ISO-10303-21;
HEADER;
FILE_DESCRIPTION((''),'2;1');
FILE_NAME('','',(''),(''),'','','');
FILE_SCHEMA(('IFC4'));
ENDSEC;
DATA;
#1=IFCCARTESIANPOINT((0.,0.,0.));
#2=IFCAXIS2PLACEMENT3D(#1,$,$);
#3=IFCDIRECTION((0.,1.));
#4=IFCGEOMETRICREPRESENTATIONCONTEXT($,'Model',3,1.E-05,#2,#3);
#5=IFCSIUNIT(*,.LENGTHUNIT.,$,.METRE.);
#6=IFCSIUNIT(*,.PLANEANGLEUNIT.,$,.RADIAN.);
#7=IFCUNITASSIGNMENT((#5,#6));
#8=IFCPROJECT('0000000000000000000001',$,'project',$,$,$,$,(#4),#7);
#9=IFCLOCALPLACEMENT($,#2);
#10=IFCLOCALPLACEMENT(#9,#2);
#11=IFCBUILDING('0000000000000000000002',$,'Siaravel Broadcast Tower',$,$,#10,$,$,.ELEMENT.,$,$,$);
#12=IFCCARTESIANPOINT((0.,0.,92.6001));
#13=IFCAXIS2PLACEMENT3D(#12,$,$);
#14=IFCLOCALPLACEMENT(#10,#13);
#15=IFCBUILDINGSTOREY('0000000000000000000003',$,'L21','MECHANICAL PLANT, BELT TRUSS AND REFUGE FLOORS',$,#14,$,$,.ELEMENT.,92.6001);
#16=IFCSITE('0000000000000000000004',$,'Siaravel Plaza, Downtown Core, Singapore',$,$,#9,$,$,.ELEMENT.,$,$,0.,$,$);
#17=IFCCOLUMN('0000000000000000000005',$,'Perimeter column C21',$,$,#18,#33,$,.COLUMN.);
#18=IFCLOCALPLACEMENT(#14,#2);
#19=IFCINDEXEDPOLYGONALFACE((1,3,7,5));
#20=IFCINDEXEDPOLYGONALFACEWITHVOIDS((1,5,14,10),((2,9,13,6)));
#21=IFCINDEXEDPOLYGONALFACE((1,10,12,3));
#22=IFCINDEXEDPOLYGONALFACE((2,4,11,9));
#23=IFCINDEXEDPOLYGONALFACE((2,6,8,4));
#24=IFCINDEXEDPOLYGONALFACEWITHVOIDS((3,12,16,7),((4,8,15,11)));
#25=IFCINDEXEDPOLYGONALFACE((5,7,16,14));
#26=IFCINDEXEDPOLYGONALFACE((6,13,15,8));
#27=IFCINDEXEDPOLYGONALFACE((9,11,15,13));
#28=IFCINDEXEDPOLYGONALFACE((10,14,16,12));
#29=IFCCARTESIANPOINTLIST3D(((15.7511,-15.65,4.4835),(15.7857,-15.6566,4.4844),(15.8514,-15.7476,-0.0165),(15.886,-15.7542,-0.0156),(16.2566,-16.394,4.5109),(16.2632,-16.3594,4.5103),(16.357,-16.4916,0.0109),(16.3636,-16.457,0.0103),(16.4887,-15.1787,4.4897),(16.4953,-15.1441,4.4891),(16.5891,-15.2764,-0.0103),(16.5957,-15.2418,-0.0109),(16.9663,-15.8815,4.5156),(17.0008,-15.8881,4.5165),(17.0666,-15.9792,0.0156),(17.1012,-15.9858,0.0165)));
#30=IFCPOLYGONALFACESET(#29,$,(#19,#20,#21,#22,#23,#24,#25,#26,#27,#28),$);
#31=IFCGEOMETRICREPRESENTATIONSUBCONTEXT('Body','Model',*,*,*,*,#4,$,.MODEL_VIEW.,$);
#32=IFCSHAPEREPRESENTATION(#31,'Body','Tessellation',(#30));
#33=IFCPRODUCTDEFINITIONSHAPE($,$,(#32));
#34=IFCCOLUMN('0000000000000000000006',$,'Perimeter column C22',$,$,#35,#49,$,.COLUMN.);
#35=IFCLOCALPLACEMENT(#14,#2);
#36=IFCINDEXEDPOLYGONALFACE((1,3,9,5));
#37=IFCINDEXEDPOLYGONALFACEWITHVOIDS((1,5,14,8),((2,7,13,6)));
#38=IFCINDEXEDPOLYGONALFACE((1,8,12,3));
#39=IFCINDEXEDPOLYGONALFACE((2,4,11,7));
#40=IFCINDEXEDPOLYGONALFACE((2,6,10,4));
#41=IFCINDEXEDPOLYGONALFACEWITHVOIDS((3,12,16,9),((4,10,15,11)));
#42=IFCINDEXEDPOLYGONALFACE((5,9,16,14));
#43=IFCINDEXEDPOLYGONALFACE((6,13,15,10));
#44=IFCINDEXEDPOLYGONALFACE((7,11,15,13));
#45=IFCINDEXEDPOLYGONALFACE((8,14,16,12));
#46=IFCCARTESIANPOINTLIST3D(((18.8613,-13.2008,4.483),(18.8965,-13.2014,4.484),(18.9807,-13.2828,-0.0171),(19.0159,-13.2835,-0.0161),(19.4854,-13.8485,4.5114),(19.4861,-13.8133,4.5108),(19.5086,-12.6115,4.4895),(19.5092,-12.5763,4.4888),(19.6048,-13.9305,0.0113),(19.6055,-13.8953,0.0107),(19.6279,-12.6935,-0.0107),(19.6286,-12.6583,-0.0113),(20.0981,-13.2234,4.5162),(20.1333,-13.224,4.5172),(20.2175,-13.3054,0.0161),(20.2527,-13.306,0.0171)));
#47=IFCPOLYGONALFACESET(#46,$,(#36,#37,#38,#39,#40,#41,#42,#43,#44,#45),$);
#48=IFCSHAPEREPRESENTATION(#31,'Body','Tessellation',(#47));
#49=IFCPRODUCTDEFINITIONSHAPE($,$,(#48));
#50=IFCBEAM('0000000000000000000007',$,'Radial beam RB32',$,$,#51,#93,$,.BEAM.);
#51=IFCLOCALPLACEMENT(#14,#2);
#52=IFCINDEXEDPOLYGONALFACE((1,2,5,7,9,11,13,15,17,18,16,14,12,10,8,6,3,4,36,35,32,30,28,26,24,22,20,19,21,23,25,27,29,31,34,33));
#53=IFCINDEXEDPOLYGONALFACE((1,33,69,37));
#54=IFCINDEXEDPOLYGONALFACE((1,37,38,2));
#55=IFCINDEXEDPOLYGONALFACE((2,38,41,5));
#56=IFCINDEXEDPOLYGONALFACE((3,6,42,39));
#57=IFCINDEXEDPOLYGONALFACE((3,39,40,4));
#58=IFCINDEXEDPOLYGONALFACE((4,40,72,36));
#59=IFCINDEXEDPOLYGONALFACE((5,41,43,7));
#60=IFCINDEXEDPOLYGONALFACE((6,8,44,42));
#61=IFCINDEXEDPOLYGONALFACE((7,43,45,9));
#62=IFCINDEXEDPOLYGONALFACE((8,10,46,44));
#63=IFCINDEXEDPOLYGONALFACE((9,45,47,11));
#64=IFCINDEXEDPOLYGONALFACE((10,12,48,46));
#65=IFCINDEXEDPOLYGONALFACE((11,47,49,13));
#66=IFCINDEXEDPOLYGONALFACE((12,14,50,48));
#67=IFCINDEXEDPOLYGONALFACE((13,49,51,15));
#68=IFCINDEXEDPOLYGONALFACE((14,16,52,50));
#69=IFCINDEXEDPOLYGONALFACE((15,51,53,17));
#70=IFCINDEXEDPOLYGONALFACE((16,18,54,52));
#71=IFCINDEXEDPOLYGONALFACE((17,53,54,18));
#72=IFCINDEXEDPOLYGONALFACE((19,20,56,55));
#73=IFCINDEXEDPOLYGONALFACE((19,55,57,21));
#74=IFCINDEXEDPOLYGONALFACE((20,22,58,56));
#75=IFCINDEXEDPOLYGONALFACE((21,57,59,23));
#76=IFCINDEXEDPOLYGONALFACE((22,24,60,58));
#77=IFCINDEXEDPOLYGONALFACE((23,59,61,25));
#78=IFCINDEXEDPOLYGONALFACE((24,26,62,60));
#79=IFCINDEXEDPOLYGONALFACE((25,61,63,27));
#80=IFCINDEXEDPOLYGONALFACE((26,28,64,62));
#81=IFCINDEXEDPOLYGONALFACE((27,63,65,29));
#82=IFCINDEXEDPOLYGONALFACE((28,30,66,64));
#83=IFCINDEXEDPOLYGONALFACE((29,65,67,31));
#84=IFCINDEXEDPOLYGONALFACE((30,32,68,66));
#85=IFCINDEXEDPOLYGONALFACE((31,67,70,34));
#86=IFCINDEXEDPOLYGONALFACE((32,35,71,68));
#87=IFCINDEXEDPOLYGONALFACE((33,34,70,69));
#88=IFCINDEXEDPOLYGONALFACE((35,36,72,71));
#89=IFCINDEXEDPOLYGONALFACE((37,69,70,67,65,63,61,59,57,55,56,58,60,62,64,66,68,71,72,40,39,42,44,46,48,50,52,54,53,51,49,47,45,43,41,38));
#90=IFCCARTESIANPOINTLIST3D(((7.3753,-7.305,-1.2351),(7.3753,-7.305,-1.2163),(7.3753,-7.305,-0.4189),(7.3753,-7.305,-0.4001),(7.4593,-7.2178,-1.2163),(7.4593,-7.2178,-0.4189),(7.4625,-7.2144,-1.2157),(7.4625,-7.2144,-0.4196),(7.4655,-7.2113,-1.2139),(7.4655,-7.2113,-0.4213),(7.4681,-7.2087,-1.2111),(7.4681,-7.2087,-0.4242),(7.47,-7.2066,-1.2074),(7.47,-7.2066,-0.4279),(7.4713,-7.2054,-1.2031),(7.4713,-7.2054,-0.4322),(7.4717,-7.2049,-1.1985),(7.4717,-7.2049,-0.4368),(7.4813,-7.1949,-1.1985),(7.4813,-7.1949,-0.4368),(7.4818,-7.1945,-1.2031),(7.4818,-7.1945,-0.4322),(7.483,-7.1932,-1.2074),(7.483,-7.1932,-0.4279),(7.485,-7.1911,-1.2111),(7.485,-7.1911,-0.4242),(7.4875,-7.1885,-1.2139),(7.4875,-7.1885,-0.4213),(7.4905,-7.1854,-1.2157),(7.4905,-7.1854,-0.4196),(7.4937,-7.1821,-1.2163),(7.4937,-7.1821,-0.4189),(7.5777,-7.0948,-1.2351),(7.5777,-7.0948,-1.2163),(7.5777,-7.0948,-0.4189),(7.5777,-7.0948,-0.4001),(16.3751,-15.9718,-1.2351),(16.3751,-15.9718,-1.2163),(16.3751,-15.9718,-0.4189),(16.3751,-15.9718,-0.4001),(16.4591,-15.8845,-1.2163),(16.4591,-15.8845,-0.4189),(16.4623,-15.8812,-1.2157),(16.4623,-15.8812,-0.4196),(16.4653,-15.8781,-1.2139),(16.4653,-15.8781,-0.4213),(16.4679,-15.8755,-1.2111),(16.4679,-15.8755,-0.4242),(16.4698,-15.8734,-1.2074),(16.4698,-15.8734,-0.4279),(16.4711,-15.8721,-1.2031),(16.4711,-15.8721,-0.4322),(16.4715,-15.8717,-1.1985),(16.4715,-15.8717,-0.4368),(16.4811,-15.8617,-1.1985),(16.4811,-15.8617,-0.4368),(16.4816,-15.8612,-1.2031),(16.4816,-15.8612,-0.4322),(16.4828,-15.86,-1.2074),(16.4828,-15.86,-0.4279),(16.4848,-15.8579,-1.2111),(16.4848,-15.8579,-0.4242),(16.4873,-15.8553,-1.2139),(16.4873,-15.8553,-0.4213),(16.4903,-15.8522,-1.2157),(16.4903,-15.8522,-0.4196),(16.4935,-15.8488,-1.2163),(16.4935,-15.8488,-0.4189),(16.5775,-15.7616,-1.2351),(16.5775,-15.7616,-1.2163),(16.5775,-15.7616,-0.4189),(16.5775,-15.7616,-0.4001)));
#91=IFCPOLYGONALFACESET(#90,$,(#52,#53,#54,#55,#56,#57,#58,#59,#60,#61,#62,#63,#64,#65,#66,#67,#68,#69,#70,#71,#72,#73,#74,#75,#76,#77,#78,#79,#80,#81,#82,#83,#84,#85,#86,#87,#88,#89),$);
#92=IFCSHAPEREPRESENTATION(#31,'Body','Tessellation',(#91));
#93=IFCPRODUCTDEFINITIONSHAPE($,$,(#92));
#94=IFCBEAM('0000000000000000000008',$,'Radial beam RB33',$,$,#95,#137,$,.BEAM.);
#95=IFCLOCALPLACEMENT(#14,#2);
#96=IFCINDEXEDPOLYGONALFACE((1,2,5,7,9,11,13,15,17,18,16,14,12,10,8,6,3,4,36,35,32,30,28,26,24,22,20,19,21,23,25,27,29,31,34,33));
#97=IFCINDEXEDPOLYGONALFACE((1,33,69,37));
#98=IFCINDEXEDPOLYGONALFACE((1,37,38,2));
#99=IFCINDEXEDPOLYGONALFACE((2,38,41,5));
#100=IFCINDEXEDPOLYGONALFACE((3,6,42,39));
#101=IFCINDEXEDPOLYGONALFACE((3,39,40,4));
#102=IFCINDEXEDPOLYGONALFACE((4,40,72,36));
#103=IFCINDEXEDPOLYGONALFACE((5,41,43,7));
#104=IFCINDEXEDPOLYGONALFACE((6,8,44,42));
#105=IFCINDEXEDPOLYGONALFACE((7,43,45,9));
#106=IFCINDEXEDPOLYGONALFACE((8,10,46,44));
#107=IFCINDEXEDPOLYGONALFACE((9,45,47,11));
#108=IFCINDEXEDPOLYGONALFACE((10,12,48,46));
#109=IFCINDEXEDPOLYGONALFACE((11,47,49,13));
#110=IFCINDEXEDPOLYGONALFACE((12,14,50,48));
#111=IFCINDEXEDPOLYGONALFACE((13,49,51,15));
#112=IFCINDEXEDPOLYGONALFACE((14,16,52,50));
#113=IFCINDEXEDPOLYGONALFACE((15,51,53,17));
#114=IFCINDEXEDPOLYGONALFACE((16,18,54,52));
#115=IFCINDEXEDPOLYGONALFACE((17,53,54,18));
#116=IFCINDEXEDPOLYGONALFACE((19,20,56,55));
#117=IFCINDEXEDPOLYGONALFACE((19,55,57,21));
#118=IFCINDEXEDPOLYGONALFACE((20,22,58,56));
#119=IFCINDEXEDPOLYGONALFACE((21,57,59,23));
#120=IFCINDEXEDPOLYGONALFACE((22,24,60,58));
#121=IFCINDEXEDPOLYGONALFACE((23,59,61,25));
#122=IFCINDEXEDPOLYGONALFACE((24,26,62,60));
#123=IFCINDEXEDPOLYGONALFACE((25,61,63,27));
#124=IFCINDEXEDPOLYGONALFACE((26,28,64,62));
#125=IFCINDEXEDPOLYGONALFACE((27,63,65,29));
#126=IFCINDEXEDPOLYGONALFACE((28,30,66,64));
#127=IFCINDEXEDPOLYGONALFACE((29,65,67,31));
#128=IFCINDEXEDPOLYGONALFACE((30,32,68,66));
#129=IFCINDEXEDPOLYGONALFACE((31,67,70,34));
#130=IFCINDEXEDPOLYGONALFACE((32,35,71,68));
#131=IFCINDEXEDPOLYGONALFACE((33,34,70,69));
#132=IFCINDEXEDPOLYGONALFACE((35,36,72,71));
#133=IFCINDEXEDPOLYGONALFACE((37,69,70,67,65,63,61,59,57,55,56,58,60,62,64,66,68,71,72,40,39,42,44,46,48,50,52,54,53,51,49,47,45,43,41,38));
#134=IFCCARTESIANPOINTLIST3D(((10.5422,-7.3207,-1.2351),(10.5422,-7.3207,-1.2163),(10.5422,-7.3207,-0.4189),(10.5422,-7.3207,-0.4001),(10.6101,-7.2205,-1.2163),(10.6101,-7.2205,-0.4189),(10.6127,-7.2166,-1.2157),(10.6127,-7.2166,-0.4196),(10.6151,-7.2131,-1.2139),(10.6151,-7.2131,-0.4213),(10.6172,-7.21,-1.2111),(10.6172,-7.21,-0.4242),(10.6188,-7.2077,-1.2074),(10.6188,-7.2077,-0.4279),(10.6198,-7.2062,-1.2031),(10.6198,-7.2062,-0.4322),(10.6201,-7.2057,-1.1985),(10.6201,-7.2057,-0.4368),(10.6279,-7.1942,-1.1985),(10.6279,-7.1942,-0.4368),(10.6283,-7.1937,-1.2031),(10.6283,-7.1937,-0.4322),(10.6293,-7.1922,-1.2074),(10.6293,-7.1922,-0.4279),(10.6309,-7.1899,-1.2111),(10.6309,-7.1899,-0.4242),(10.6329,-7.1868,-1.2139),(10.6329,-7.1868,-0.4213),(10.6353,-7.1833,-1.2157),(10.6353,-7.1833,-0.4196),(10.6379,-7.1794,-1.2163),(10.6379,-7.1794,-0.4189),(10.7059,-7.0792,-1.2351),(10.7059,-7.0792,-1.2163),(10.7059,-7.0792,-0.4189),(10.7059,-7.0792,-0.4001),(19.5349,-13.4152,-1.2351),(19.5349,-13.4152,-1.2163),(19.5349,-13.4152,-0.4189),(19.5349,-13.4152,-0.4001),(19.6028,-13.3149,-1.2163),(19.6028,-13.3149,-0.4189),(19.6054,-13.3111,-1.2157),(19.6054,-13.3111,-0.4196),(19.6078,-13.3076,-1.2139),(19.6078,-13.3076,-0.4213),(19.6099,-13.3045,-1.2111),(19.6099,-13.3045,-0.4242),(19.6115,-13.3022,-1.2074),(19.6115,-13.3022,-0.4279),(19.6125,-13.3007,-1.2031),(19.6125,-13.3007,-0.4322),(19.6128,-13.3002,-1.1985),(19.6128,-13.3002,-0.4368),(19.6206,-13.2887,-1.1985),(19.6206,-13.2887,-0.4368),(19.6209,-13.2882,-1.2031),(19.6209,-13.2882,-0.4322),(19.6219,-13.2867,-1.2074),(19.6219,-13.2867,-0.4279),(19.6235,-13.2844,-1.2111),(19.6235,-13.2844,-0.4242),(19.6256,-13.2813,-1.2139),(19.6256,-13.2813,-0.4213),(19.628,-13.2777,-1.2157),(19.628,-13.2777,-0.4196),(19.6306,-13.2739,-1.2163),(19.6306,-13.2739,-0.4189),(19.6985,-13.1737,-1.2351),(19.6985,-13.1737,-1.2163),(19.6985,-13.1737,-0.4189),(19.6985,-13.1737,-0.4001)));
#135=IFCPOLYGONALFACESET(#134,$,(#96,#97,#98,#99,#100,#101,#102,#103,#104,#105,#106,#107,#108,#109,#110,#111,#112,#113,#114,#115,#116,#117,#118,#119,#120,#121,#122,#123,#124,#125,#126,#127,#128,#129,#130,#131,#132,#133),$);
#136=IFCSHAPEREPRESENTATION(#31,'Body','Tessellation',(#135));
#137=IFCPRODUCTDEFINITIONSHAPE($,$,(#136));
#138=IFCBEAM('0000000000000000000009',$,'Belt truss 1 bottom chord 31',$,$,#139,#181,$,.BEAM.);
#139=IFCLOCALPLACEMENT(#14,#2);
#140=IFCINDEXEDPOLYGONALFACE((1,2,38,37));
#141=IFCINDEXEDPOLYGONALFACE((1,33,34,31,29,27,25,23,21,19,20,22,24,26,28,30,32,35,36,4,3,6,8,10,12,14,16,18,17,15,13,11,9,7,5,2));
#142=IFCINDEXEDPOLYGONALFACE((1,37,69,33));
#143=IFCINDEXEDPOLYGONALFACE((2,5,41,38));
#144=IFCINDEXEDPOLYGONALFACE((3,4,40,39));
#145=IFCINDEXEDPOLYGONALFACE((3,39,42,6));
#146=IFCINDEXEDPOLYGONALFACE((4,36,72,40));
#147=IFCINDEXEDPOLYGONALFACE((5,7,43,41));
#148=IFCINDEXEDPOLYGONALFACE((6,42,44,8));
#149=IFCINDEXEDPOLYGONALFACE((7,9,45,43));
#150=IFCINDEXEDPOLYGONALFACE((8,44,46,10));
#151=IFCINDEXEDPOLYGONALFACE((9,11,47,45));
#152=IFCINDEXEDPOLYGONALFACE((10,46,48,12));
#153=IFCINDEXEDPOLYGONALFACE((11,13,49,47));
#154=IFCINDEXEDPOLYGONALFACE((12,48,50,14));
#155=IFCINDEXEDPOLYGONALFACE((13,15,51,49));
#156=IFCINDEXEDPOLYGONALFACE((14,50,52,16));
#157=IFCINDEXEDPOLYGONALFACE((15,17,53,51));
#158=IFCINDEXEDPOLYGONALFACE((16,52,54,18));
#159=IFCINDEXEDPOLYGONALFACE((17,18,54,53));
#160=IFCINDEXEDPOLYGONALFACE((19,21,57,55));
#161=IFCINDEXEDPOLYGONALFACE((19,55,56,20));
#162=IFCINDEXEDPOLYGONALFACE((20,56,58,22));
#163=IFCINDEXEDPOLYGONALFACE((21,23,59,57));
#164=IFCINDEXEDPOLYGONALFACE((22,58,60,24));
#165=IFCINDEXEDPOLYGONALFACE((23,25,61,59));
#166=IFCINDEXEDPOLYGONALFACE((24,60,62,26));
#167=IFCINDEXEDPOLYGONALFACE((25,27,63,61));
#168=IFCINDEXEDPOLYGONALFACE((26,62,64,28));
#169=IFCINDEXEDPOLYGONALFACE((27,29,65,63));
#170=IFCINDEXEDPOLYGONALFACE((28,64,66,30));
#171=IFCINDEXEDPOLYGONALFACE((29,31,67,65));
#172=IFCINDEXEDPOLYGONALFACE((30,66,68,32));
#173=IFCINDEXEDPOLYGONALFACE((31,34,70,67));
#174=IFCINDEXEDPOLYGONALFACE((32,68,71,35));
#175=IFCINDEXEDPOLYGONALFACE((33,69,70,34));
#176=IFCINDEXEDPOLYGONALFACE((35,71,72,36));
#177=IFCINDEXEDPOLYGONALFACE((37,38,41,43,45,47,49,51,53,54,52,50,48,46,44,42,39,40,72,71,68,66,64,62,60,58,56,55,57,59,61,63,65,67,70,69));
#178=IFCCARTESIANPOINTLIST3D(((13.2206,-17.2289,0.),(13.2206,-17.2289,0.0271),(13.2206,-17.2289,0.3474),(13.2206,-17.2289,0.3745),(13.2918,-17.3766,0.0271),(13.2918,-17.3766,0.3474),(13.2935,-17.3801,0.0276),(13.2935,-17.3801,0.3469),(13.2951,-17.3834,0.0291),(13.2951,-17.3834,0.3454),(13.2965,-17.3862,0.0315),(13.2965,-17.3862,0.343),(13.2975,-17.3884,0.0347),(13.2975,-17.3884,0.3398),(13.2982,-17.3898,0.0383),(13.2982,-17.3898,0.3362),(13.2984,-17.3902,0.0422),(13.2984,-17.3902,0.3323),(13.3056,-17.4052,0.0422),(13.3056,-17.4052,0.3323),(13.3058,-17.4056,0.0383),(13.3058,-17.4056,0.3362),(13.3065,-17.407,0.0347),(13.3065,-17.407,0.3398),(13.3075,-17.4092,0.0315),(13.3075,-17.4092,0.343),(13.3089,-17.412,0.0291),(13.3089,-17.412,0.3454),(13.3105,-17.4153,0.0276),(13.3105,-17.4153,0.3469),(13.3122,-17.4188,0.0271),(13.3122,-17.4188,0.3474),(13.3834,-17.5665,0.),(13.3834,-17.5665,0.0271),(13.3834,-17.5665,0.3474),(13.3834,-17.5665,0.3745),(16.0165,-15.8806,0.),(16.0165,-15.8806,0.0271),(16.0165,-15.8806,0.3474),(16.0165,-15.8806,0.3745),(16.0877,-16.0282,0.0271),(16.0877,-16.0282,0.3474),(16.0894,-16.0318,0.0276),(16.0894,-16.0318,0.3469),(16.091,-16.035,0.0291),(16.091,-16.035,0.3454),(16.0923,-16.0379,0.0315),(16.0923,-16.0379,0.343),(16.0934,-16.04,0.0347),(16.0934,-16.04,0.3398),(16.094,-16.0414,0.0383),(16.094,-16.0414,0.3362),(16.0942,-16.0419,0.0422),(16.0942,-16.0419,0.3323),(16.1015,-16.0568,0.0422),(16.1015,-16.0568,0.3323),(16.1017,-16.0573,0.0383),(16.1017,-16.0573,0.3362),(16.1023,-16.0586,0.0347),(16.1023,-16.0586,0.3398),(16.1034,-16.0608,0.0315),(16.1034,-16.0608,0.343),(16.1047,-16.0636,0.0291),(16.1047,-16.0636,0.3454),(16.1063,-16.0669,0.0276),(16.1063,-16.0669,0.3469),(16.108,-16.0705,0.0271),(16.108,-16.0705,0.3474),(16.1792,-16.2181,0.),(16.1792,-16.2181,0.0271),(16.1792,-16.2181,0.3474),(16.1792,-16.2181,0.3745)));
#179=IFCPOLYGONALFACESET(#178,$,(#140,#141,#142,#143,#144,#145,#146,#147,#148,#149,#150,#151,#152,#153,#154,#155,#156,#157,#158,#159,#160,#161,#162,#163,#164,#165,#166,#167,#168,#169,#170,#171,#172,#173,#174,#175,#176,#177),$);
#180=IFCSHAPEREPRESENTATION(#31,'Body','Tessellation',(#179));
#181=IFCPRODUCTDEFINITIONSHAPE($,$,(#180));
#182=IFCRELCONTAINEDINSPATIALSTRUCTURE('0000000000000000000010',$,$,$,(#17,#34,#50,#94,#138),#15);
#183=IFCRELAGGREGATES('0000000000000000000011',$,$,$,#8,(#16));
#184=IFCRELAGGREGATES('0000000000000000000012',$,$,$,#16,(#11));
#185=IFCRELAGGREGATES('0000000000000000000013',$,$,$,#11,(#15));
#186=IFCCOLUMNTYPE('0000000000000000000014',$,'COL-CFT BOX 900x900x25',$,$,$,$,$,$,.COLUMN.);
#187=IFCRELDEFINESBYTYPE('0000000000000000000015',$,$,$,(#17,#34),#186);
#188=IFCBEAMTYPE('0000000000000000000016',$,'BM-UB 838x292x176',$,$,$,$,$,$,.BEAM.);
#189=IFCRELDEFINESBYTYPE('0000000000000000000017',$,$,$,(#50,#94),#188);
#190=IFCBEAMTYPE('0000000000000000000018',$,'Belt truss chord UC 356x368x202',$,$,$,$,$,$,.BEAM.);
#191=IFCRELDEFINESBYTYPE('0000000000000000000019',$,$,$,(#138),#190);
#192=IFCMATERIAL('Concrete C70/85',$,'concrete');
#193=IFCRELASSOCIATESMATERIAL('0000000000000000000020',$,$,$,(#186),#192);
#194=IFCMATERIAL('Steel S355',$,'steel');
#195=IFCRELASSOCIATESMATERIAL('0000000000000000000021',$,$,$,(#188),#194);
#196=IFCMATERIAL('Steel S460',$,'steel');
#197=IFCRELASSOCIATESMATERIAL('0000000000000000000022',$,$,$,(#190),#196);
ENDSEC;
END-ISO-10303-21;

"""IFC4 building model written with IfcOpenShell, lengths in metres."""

from ifc_helpers import new_model, si_unit, direction, frame, origin, origin_2d, place, context, subcontext, project, spatial, hollow_rectangle, i_section, extrude, material, material_profile, profile_set, type_object, element, save


model = new_model("IFC4")

# Units and contexts
model_context = context("Model", 3, precision=1e-05, world=origin(), true_north=direction((0.0, 1.0)))
body_context = subcontext(model_context, "Body", "Model", "MODEL_VIEW")
ifc_project = project(units=[si_unit("LENGTHUNIT", "METRE"), si_unit("PLANEANGLEUNIT", "RADIAN")], contexts=[model_context])

# Site, building, storey
site_placement = place(None, origin())
site = spatial("IfcSite", under=ifc_project, at=site_placement, Name="Siaravel Plaza, Downtown Core, Singapore", CompositionType="ELEMENT", RefElevation=0.0)
building_placement = place(site_placement, origin())
building = spatial("IfcBuilding", under=site, at=building_placement, Name="Siaravel Broadcast Tower", CompositionType="ELEMENT")
storey_placement = place(building_placement, frame((0.0, 0.0, 92.6001)))
storey = spatial("IfcBuildingStorey", under=building, at=storey_placement, Name="L21", Description="MECHANICAL PLANT, BELT TRUSS AND REFUGE FLOORS", CompositionType="ELEMENT", Elevation=92.6001)

# Columns
ifc_material_1 = material(Name="Concrete C70/85", Category="concrete")
ifc_material_profile_1 = material_profile(ifc_material_1, hollow_rectangle(XDim=0.8999, YDim=0.8999, WallThickness=0.0249, at=origin_2d()))
ifc_profile_set_1 = profile_set([ifc_material_profile_1], Name="Concrete C70/85")
column_type = type_object("IfcColumnType", Name="COL-CFT BOX 900x900x25", PredefinedType="COLUMN", material=ifc_profile_set_1)
column_1_placement = place(storey_placement, frame((16.4763, -15.8667, 0.0), z_axis=(-0.022287, 0.021691, 0.999516), x_axis=(-0.82702, -0.562138, -0.006242)))
element("IfcColumn", 1, at=column_1_placement, inside=storey, type_object=column_type, Name="Perimeter column C21", PredefinedType="COLUMN", context=body_context, shape_type="SweptSolid", body=[
    extrude(hollow_rectangle(XDim=0.8999, YDim=0.8999, WallThickness=0.0249, at=origin_2d()), origin(), (0.0, 0.0, 1.0), 4.5022),
])
column_2_placement = place(storey_placement, frame((19.6167, -13.2944, 0.0), z_axis=(-0.026516, 0.01822, 0.999482), x_axis=(-0.719964, -0.693981, -0.00645)))
element("IfcColumn", 2, at=column_2_placement, inside=storey, type_object=column_type, Name="Perimeter column C22", PredefinedType="COLUMN", context=body_context, shape_type="SweptSolid", body=[
    extrude(hollow_rectangle(XDim=0.8999, YDim=0.8999, WallThickness=0.0249, at=origin_2d()), origin(), (0.0, 0.0, 1.0), 4.5024),
])

# Beams
ifc_material_2 = material(Name="Steel S355", Category="steel")
ifc_material_profile_2 = material_profile(ifc_material_2, i_section(OverallWidth=0.2917, OverallDepth=0.835, WebThickness=0.0139, FlangeThickness=0.0188, FilletRadius=0.0178, at=origin_2d()))
ifc_profile_set_2 = profile_set([ifc_material_profile_2], Name="Steel S355")
beam_type_1 = type_object("IfcBeamType", Name="BM-UB 838x292x176", PredefinedType="BEAM", material=ifc_profile_set_2)
beam_1_placement = place(storey_placement, frame((16.4763, -15.8667, -0.8176), z_axis=(-0.720308, 0.693655, 0.0), x_axis=(-0.693655, -0.720308, 0.0)))
element("IfcBeam", 3, at=beam_1_placement, inside=storey, type_object=beam_type_1, Name="Radial beam RB32", PredefinedType="BEAM", context=body_context, shape_type="SweptSolid", body=[
    extrude(i_section(OverallWidth=0.2917, OverallDepth=0.835, WebThickness=0.0139, FlangeThickness=0.0188, FilletRadius=0.0178, at=origin_2d()), origin(), (0.0, 0.0, 1.0), 12.4944),
])
beam_2_placement = place(storey_placement, frame((19.6167, -13.2944, -0.8176), z_axis=(-0.827805, 0.561017, 0.0), x_axis=(-0.561017, -0.827805, 0.0)))
element("IfcBeam", 4, at=beam_2_placement, inside=storey, type_object=beam_type_1, Name="Radial beam RB33", PredefinedType="BEAM", context=body_context, shape_type="SweptSolid", body=[
    extrude(i_section(OverallWidth=0.2917, OverallDepth=0.835, WebThickness=0.0139, FlangeThickness=0.0188, FilletRadius=0.0178, at=origin_2d()), origin(), (0.0, 0.0, 1.0), 10.8633),
])
ifc_material_3 = material(Name="Steel S460", Category="steel")
ifc_material_profile_3 = material_profile(ifc_material_3, i_section(OverallWidth=0.3748, OverallDepth=0.3745, WebThickness=0.0166, FlangeThickness=0.0271, FilletRadius=0.0151, at=origin_2d()))
ifc_profile_set_3 = profile_set([ifc_material_profile_3], Name="Steel S460")
beam_type_2 = type_object("IfcBeamType", Name="Belt truss chord UC 356x368x202", PredefinedType="BEAM", material=ifc_profile_set_3)
beam_3_placement = place(storey_placement, frame((13.302, -17.3977, 0.1873), z_axis=(0.900723, 0.434395, 0.0), x_axis=(-0.434395, 0.900723, 0.0)))
element("IfcBeam", 5, at=beam_3_placement, inside=storey, type_object=beam_type_2, Name="Belt truss 1 bottom chord 31", PredefinedType="BEAM", context=body_context, shape_type="SweptSolid", body=[
    extrude(i_section(OverallWidth=0.3748, OverallDepth=0.3745, WebThickness=0.0166, FlangeThickness=0.0271, FilletRadius=0.0151, at=origin_2d()), origin(), (0.0, 0.0, 1.0), 3.104),
])

save(model, "model.ifc")
